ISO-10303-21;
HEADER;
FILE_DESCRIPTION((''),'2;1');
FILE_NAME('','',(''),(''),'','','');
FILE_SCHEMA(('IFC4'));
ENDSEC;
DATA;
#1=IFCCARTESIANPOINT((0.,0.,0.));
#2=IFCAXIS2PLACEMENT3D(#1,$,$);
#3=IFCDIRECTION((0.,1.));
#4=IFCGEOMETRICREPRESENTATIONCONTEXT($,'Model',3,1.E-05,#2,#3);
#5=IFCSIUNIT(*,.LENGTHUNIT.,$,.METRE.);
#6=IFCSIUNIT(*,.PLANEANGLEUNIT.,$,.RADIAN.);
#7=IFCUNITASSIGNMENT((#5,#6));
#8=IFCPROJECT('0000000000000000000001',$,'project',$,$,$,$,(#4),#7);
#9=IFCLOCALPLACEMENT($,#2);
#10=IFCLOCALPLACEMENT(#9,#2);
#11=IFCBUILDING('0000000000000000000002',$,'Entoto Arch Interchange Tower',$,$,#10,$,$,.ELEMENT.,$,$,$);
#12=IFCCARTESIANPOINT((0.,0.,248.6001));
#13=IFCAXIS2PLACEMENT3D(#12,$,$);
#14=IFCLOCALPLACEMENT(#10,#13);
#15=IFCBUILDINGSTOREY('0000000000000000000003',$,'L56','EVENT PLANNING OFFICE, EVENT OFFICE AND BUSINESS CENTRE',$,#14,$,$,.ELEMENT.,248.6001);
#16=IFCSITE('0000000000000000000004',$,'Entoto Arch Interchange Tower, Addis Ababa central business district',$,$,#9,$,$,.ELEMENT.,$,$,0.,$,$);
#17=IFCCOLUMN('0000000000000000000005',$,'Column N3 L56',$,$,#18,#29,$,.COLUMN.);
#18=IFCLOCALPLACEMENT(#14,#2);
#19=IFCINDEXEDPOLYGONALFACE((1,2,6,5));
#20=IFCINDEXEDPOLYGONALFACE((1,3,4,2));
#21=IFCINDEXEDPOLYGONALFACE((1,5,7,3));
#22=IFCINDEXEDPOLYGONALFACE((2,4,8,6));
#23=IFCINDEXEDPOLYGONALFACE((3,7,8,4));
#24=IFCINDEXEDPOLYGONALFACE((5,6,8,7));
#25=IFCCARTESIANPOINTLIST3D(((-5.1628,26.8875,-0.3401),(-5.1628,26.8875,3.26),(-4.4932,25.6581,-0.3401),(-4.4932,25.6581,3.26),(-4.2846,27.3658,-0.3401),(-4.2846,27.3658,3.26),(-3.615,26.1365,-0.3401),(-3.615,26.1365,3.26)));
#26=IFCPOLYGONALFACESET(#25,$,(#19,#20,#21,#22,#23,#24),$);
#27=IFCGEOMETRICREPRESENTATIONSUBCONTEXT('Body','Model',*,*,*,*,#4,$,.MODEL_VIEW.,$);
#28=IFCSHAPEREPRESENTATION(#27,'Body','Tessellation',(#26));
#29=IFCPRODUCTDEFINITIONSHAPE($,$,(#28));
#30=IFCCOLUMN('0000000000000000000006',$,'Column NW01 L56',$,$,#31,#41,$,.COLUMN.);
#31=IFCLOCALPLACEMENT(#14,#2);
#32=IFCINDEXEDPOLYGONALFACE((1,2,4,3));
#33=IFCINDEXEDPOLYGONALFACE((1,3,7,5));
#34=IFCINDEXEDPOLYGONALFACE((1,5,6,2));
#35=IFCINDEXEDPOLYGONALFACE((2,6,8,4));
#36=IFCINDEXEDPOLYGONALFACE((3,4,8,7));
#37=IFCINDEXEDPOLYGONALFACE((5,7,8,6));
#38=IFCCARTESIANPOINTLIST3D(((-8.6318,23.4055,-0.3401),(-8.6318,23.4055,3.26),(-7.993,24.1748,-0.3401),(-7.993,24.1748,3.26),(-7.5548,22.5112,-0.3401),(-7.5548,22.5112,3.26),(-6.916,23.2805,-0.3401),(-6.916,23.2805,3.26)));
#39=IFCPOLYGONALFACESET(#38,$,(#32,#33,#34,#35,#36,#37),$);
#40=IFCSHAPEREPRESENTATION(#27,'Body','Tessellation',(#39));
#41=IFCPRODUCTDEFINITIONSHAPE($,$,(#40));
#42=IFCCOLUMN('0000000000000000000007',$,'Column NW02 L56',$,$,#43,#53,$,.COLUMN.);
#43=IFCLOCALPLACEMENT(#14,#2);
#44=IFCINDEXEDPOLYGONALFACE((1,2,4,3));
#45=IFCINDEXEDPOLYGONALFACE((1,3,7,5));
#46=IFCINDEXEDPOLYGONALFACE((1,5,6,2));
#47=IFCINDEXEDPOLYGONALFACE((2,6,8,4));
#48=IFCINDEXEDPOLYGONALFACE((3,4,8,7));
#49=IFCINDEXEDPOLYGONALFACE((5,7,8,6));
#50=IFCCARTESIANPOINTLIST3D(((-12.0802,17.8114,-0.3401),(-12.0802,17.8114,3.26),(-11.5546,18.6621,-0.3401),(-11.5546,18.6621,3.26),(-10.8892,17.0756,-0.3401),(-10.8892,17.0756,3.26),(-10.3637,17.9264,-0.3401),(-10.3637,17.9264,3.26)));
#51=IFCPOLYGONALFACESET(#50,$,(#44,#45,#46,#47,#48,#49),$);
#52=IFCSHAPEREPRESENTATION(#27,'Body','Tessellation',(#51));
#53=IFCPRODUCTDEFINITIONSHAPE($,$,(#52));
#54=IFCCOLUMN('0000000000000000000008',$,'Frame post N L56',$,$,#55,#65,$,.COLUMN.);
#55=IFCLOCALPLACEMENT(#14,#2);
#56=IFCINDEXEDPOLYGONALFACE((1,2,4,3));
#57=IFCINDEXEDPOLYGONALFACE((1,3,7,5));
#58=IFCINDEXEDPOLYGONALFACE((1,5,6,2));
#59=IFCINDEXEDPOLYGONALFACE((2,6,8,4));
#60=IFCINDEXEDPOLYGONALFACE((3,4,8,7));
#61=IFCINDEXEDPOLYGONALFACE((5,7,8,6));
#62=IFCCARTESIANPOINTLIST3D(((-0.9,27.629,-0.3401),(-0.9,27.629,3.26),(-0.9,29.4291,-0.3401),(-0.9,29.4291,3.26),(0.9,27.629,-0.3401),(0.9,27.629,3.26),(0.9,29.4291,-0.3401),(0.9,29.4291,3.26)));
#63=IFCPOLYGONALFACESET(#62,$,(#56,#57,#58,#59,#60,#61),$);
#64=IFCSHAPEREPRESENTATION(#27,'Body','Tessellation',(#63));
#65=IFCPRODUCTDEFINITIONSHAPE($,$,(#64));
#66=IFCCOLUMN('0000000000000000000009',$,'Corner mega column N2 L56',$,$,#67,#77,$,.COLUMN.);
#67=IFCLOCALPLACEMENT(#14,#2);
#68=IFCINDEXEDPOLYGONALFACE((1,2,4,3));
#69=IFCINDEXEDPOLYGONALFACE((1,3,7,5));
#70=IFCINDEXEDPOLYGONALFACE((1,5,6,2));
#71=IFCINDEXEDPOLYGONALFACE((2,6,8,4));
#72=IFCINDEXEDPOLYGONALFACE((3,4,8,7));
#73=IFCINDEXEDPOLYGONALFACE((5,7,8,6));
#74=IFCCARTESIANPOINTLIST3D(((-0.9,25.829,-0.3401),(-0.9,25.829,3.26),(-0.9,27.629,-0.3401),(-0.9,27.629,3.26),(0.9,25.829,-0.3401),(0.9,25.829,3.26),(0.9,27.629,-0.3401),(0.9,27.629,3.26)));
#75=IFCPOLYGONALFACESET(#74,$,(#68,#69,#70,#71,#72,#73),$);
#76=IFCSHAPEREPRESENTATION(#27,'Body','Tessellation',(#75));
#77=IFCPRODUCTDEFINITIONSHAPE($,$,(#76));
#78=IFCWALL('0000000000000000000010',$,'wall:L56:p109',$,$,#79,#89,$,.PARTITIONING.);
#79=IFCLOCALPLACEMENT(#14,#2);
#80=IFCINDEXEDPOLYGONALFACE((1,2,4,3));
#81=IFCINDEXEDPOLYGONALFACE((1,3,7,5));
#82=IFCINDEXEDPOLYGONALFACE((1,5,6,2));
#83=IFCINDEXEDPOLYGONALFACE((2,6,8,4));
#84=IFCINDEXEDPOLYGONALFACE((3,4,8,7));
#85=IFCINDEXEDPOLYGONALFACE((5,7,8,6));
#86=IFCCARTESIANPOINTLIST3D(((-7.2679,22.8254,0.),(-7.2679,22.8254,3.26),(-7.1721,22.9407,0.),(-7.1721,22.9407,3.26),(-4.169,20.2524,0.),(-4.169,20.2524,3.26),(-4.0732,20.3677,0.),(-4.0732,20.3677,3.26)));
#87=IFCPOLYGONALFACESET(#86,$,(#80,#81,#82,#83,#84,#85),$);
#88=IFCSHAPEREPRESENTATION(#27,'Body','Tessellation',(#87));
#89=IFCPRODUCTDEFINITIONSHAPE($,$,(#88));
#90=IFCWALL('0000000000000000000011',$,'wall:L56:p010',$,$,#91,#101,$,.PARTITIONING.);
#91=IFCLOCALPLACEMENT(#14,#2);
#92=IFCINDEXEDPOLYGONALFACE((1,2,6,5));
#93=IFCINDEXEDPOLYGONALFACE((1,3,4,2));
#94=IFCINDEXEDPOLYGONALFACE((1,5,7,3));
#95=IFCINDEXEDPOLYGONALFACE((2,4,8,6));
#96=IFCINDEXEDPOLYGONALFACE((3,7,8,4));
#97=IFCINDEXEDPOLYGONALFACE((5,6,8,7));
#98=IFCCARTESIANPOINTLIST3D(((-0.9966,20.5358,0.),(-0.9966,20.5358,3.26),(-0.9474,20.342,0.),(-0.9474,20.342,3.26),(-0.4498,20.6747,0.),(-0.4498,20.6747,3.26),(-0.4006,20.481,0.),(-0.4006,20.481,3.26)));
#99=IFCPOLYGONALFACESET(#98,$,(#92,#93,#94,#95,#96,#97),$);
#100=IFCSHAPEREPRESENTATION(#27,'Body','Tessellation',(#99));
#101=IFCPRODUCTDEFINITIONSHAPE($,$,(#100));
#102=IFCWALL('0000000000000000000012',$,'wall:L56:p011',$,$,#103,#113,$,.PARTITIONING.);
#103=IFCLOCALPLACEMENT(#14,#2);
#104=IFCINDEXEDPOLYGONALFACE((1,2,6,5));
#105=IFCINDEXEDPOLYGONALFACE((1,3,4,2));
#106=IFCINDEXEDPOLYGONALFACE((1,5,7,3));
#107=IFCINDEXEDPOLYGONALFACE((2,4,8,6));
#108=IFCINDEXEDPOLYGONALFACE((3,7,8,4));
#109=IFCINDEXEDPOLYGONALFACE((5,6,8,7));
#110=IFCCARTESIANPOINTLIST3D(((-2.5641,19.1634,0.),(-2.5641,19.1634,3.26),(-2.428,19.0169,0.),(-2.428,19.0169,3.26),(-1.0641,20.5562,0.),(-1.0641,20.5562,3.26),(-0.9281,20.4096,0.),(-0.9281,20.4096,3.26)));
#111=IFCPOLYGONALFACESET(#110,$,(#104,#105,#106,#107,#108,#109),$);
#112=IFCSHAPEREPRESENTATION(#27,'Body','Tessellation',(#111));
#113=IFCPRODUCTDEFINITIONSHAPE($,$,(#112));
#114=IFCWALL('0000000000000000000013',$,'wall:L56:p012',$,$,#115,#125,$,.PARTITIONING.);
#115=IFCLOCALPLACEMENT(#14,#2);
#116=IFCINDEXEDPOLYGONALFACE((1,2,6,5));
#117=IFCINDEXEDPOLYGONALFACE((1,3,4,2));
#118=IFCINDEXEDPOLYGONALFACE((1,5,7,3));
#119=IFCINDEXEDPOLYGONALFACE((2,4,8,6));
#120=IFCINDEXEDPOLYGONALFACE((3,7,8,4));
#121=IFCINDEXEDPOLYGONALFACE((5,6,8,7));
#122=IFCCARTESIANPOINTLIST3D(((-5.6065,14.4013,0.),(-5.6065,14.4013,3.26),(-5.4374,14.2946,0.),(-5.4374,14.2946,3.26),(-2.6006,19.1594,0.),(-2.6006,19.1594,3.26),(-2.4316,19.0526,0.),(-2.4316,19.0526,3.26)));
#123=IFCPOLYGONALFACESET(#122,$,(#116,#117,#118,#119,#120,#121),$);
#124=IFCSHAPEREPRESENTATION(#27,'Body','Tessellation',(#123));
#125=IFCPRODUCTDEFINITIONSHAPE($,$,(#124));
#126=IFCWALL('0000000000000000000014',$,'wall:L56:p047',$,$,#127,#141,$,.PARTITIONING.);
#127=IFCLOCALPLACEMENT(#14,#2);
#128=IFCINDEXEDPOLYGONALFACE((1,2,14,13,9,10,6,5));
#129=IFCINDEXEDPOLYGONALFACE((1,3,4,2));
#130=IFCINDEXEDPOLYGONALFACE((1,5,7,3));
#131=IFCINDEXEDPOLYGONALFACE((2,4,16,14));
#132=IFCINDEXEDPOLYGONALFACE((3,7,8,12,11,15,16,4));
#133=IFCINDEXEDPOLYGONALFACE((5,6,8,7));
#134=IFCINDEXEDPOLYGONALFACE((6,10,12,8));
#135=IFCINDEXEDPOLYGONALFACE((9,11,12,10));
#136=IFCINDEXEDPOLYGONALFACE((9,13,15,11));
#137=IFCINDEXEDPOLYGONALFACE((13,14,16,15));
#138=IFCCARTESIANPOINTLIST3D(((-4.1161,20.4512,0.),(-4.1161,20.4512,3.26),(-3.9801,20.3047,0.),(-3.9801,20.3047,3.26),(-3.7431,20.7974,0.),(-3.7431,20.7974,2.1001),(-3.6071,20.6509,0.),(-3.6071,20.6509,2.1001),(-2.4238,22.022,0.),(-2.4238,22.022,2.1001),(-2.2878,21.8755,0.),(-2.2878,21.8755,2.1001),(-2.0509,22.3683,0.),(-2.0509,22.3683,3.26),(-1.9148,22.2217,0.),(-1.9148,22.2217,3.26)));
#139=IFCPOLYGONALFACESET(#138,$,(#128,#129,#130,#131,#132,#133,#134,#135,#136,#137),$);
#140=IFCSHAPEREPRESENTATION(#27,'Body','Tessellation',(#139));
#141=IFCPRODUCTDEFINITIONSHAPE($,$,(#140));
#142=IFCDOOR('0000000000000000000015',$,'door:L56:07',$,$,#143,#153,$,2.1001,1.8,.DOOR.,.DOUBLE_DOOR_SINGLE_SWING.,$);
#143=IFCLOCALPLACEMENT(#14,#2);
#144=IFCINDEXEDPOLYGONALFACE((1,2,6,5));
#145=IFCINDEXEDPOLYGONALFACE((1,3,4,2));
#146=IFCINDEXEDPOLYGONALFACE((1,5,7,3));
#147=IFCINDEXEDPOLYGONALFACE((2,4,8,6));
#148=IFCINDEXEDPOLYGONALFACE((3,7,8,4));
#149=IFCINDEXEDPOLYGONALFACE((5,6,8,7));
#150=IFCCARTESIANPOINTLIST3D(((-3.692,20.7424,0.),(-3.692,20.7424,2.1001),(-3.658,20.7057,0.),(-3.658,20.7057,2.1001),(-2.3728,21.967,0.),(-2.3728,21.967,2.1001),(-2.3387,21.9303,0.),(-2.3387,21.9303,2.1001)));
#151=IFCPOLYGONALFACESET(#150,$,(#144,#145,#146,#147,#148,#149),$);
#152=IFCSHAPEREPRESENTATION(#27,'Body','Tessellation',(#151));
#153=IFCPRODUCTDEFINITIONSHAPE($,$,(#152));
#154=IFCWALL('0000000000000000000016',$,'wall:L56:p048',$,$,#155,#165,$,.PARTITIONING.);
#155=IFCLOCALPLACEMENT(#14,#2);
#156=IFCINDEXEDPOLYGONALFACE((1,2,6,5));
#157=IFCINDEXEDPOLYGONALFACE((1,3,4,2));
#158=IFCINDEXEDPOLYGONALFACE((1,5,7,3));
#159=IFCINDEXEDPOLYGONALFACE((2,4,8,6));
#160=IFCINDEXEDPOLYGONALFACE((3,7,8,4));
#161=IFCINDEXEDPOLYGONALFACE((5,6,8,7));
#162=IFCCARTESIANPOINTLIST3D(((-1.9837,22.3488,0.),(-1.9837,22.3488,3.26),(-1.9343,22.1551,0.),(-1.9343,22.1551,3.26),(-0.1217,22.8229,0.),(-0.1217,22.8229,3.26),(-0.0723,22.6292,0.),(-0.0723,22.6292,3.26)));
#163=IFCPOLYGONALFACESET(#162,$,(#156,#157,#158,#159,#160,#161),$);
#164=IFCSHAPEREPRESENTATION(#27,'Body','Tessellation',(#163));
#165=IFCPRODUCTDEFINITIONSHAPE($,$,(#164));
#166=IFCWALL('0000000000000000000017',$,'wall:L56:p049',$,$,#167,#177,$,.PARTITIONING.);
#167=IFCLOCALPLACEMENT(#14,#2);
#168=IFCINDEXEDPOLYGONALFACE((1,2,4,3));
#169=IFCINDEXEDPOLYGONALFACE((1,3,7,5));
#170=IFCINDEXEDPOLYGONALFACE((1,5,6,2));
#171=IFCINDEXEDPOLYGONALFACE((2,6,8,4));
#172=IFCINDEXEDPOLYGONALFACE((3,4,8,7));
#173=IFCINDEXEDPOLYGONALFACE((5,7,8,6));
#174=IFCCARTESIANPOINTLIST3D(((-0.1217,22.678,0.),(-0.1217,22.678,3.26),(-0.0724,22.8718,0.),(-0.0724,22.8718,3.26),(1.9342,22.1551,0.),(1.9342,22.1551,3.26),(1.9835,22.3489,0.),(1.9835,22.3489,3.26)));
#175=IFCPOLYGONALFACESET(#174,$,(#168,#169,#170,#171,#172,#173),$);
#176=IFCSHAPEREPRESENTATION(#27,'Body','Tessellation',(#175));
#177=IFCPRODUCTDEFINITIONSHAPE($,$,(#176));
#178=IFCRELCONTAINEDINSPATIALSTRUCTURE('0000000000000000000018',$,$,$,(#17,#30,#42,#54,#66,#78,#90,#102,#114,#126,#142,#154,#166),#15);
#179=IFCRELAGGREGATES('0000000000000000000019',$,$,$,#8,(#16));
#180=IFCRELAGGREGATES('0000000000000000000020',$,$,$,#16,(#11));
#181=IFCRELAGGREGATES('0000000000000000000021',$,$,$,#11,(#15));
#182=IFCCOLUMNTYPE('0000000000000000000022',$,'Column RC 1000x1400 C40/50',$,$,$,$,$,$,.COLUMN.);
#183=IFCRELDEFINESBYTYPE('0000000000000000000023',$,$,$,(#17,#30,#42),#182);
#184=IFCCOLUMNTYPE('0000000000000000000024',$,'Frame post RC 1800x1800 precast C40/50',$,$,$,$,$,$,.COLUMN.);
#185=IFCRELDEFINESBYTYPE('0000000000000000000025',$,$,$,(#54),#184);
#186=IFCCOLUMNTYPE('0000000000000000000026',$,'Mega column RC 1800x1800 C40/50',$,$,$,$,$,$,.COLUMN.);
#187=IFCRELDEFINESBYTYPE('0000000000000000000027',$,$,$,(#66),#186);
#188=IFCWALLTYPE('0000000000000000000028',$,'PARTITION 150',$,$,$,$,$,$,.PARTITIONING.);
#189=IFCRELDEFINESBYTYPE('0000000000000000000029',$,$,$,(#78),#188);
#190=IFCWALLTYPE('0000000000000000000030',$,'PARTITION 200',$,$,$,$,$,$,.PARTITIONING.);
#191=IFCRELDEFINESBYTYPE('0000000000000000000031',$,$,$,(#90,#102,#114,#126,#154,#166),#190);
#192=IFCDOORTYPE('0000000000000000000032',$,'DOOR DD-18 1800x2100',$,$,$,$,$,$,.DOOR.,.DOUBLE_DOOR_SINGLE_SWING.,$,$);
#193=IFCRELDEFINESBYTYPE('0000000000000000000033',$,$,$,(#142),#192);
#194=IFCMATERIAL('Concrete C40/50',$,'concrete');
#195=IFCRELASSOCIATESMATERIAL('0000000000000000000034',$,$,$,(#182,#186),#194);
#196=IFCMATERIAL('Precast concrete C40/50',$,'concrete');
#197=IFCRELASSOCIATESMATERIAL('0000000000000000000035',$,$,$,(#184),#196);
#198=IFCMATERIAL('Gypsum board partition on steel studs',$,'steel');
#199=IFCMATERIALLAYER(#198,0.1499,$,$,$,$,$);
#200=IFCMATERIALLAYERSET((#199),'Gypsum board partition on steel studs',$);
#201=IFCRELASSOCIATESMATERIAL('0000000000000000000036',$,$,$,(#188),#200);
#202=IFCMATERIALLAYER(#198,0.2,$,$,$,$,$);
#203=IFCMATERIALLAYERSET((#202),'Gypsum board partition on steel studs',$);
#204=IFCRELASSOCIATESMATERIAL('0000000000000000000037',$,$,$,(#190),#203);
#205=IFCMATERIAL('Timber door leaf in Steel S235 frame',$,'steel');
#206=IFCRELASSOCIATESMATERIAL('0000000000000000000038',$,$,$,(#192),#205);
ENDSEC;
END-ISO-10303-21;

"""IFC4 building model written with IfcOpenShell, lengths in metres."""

from ifc_helpers import new_model, si_unit, direction, frame, frame_2d, origin, origin_2d, place, context, subcontext, project, spatial, rectangle, extrude, material, layer, layer_set, material_profile, profile_set, type_object, element, fill, save


model = new_model("IFC4")

# Units and contexts
model_context = context("Model", 3, precision=1e-05, world=origin(), true_north=direction((0.0, 1.0)))
body_context = subcontext(model_context, "Body", "Model", "MODEL_VIEW")
ifc_project = project(units=[si_unit("LENGTHUNIT", "METRE"), si_unit("PLANEANGLEUNIT", "RADIAN")], contexts=[model_context])

# Site, building, storey
site_placement = place(None, origin())
site = spatial("IfcSite", under=ifc_project, at=site_placement, Name="Entoto Arch Interchange Tower, Addis Ababa central business district", CompositionType="ELEMENT", RefElevation=0.0)
building_placement = place(site_placement, origin())
building = spatial("IfcBuilding", under=site, at=building_placement, Name="Entoto Arch Interchange Tower", CompositionType="ELEMENT")
storey_placement = place(building_placement, frame((0.0, 0.0, 248.6001)))
storey = spatial("IfcBuildingStorey", under=building, at=storey_placement, Name="L56", Description="EVENT PLANNING OFFICE, EVENT OFFICE AND BUSINESS CENTRE", CompositionType="ELEMENT", Elevation=248.6001)

# Columns
ifc_material_1 = material(Name="Concrete C40/50", Category="concrete")
ifc_material_profile_1 = material_profile(ifc_material_1, rectangle(XDim=1.0, YDim=1.3999, at=origin_2d()))
ifc_profile_set_1 = profile_set([ifc_material_profile_1], Name="Concrete C40/50")
column_type_1 = type_object("IfcColumnType", Name="Column RC 1000x1400 C40/50", PredefinedType="COLUMN", material=ifc_profile_set_1)
for number, where, z_axis, x_axis, name in (
    (1, (-4.3889, 26.512, -0.3401), (0.0, 0.0, 1.0), (0.878175, 0.478339, 0.0), "Column N3 L56"),
    (2, (-7.7739, 23.343, -0.3401), (0.0, 0.0, 1.0), (0.638835, 0.769344, 0.0), "Column NW01 L56"),
    (3, (-11.2219, 17.8689, -0.3401), (0.0, 0.0, 1.0), (0.525576, 0.850747, 0.0), "Column NW02 L56"),
):
    element("IfcColumn", number, at=place(storey_placement, frame(where, z_axis=z_axis, x_axis=x_axis)), inside=storey, type_object=column_type_1, Name=name, PredefinedType="COLUMN", context=body_context, shape_type="SweptSolid", body=[
        extrude(rectangle(XDim=1.0, YDim=1.3999, at=origin_2d()), origin(), (0.0, 0.0, 1.0), 3.6001),
    ])
ifc_material_2 = material(Name="Precast concrete C40/50", Category="concrete")
ifc_material_profile_2 = material_profile(ifc_material_2, rectangle(XDim=1.8, YDim=1.8, at=origin_2d()))
ifc_profile_set_2 = profile_set([ifc_material_profile_2], Name="Precast concrete C40/50")
column_type_2 = type_object("IfcColumnType", Name="Frame post RC 1800x1800 precast C40/50", PredefinedType="COLUMN", material=ifc_profile_set_2)
column_1_placement = place(storey_placement, frame((0.0, 28.5291, -0.3401), z_axis=(0.0, 0.0, 1.0), x_axis=(0.0, 1.0, 0.0)))
element("IfcColumn", 4, at=column_1_placement, inside=storey, type_object=column_type_2, Name="Frame post N L56", PredefinedType="COLUMN", context=body_context, shape_type="SweptSolid", body=[
    extrude(rectangle(XDim=1.8, YDim=1.8, at=origin_2d()), origin(), (0.0, 0.0, 1.0), 3.6001),
])
ifc_material_profile_3 = material_profile(ifc_material_1, rectangle(XDim=1.8, YDim=1.8, at=origin_2d()))
ifc_profile_set_3 = profile_set([ifc_material_profile_3], Name="Concrete C40/50")
column_type_3 = type_object("IfcColumnType", Name="Mega column RC 1800x1800 C40/50", PredefinedType="COLUMN", material=ifc_profile_set_3)
column_2_placement = place(storey_placement, frame((0.0, 26.729, -0.3401), z_axis=(0.0, 0.0, 1.0), x_axis=(0.0, 1.0, 0.0)))
element("IfcColumn", 5, at=column_2_placement, inside=storey, type_object=column_type_3, Name="Corner mega column N2 L56", PredefinedType="COLUMN", context=body_context, shape_type="SweptSolid", body=[
    extrude(rectangle(XDim=1.8, YDim=1.8, at=origin_2d()), origin(), (0.0, 0.0, 1.0), 3.6001),
])

# Walls
ifc_material_3 = material(Name="Gypsum board partition on steel studs", Category="steel")
ifc_layer_1 = layer(ifc_material_3, 0.1499)
ifc_layer_set_1 = layer_set([ifc_layer_1], Name="Gypsum board partition on steel studs")
wall_type_1 = type_object("IfcWallType", Name="PARTITION 150", PredefinedType="PARTITIONING", material=ifc_layer_set_1)
wall_1_placement = place(storey_placement, frame((-4.1211, 20.3101, 0.0), z_axis=(0.0, 0.0, 1.0), x_axis=(-0.769368, 0.638806, 0.0)))
element("IfcWall", 6, at=wall_1_placement, inside=storey, type_object=wall_type_1, Name="wall:L56:p109", PredefinedType="PARTITIONING", context=body_context, shape_type="SweptSolid", body=[
    extrude(rectangle(XDim=4.0278, YDim=0.1499, at=frame_2d((2.0139, 0.0))), origin(), (0.0, 0.0, 1.0), 3.26),
])
ifc_layer_2 = layer(ifc_material_3, 0.2)
ifc_layer_set_2 = layer_set([ifc_layer_2], Name="Gypsum board partition on steel studs")
wall_type_2 = type_object("IfcWallType", Name="PARTITION 200", PredefinedType="PARTITIONING", material=ifc_layer_set_2)
wall_2_placement = place(storey_placement, frame((-0.425, 20.5779, 0.0), z_axis=(0.0, 0.0, 1.0), x_axis=(-0.969219, -0.246199, 0.0)))
element("IfcWall", 7, at=wall_2_placement, inside=storey, type_object=wall_type_2, Name="wall:L56:p010", PredefinedType="PARTITIONING", context=body_context, shape_type="SweptSolid", body=[
    extrude(rectangle(XDim=0.5642, YDim=0.2, at=frame_2d((0.2822, 0.0))), origin(), (0.0, 0.0, 1.0), 3.26),
])
wall_3_placement = place(storey_placement, frame((-0.9961, 20.4829, 0.0), z_axis=(0.0, 0.0, 1.0), x_axis=(-0.732802, -0.680442, 0.0)))
element("IfcWall", 8, at=wall_3_placement, inside=storey, type_object=wall_type_2, Name="wall:L56:p011", PredefinedType="PARTITIONING", context=body_context, shape_type="SweptSolid", body=[
    extrude(rectangle(XDim=2.0469, YDim=0.2, at=frame_2d((1.0234, 0.0))), origin(), (0.0, 0.0, 1.0), 3.26),
])
wall_4_placement = place(storey_placement, frame((-2.5161, 19.106, 0.0), z_axis=(0.0, 0.0, 1.0), x_axis=(-0.534091, -0.845427, 0.0)))
element("IfcWall", 9, at=wall_4_placement, inside=storey, type_object=wall_type_2, Name="wall:L56:p012", PredefinedType="PARTITIONING", context=body_context, shape_type="SweptSolid", body=[
    extrude(rectangle(XDim=5.6279, YDim=0.2, at=frame_2d((2.814, 0.0))), origin(), (0.0, 0.0, 1.0), 3.26),
])

# Wall, opening, door
wall_5_placement = place(storey_placement, frame((-4.0481, 20.3779, 0.0), z_axis=(0.0, 0.0, 1.0), x_axis=(0.732914, 0.680321, 0.0)))
wall_5 = element("IfcWall", 10, at=wall_5_placement, inside=storey, type_object=wall_type_2, Name="wall:L56:p047", PredefinedType="PARTITIONING", context=body_context, shape_type="SweptSolid", body=[
    extrude(rectangle(XDim=2.8179, YDim=0.2, at=frame_2d((1.4089, 0.0))), origin(), (0.0, 0.0, 1.0), 3.26),
])
opening_1_placement = place(wall_5_placement, frame((0.509, 0.0, 0.0)))
opening_1 = element("IfcOpeningElement", 11, at=opening_1_placement, cuts=wall_5, PredefinedType="OPENING", context=body_context, shape_type="SweptSolid", body=[
    extrude(rectangle(XDim=1.8, YDim=2.1001, at=frame_2d((0.8999, 1.05))), frame((0.0, 0.1099, 0.0), z_axis=(0.0, -1.0, 0.0), x_axis=(1.0, 0.0, 0.0)), (0.0, 0.0, 1.0), 0.22),
])
ifc_material_4 = material(Name="Timber door leaf in Steel S235 frame", Category="steel")
door_type = type_object("IfcDoorType", Name="DOOR DD-18 1800x2100", OperationType="DOUBLE_DOOR_SINGLE_SWING", PredefinedType="DOOR", material=ifc_material_4)
door_placement = place(opening_1_placement, origin())
door = element("IfcDoor", 12, at=door_placement, inside=storey, type_object=door_type, Name="door:L56:07", OperationType="DOUBLE_DOOR_SINGLE_SWING", OverallHeight=2.1001, OverallWidth=1.8, PredefinedType="DOOR", context=body_context, shape_type="SweptSolid", body=[
    extrude(rectangle(XDim=1.8, YDim=2.1001, at=frame_2d((0.8999, 1.05))), frame((0.0, 0.0249, 0.0), z_axis=(0.0, -1.0, 0.0), x_axis=(1.0, 0.0, 0.0)), (0.0, 0.0, 1.0), 0.05),
])
fill(opening_1, door)

# Walls
wall_6_placement = place(storey_placement, frame((-1.959, 22.252, 0.0), z_axis=(0.0, 0.0, 1.0), x_axis=(0.969079, 0.246749, 0.0)))
element("IfcWall", 13, at=wall_6_placement, inside=storey, type_object=wall_type_2, Name="wall:L56:p048", PredefinedType="PARTITIONING", context=body_context, shape_type="SweptSolid", body=[
    extrude(rectangle(XDim=1.9214, YDim=0.2, at=frame_2d((0.9607, 0.0))), origin(), (0.0, 0.0, 1.0), 3.26),
])
wall_7_placement = place(storey_placement, frame((-0.0969, 22.7749, 0.0), z_axis=(0.0, 0.0, 1.0), x_axis=(0.969139, -0.246514, 0.0)))
element("IfcWall", 14, at=wall_7_placement, inside=storey, type_object=wall_type_2, Name="wall:L56:p049", PredefinedType="PARTITIONING", context=body_context, shape_type="SweptSolid", body=[
    extrude(rectangle(XDim=2.1213, YDim=0.2, at=frame_2d((1.0605, 0.0))), origin(), (0.0, 0.0, 1.0), 3.26),
])

save(model, "model.ifc")
